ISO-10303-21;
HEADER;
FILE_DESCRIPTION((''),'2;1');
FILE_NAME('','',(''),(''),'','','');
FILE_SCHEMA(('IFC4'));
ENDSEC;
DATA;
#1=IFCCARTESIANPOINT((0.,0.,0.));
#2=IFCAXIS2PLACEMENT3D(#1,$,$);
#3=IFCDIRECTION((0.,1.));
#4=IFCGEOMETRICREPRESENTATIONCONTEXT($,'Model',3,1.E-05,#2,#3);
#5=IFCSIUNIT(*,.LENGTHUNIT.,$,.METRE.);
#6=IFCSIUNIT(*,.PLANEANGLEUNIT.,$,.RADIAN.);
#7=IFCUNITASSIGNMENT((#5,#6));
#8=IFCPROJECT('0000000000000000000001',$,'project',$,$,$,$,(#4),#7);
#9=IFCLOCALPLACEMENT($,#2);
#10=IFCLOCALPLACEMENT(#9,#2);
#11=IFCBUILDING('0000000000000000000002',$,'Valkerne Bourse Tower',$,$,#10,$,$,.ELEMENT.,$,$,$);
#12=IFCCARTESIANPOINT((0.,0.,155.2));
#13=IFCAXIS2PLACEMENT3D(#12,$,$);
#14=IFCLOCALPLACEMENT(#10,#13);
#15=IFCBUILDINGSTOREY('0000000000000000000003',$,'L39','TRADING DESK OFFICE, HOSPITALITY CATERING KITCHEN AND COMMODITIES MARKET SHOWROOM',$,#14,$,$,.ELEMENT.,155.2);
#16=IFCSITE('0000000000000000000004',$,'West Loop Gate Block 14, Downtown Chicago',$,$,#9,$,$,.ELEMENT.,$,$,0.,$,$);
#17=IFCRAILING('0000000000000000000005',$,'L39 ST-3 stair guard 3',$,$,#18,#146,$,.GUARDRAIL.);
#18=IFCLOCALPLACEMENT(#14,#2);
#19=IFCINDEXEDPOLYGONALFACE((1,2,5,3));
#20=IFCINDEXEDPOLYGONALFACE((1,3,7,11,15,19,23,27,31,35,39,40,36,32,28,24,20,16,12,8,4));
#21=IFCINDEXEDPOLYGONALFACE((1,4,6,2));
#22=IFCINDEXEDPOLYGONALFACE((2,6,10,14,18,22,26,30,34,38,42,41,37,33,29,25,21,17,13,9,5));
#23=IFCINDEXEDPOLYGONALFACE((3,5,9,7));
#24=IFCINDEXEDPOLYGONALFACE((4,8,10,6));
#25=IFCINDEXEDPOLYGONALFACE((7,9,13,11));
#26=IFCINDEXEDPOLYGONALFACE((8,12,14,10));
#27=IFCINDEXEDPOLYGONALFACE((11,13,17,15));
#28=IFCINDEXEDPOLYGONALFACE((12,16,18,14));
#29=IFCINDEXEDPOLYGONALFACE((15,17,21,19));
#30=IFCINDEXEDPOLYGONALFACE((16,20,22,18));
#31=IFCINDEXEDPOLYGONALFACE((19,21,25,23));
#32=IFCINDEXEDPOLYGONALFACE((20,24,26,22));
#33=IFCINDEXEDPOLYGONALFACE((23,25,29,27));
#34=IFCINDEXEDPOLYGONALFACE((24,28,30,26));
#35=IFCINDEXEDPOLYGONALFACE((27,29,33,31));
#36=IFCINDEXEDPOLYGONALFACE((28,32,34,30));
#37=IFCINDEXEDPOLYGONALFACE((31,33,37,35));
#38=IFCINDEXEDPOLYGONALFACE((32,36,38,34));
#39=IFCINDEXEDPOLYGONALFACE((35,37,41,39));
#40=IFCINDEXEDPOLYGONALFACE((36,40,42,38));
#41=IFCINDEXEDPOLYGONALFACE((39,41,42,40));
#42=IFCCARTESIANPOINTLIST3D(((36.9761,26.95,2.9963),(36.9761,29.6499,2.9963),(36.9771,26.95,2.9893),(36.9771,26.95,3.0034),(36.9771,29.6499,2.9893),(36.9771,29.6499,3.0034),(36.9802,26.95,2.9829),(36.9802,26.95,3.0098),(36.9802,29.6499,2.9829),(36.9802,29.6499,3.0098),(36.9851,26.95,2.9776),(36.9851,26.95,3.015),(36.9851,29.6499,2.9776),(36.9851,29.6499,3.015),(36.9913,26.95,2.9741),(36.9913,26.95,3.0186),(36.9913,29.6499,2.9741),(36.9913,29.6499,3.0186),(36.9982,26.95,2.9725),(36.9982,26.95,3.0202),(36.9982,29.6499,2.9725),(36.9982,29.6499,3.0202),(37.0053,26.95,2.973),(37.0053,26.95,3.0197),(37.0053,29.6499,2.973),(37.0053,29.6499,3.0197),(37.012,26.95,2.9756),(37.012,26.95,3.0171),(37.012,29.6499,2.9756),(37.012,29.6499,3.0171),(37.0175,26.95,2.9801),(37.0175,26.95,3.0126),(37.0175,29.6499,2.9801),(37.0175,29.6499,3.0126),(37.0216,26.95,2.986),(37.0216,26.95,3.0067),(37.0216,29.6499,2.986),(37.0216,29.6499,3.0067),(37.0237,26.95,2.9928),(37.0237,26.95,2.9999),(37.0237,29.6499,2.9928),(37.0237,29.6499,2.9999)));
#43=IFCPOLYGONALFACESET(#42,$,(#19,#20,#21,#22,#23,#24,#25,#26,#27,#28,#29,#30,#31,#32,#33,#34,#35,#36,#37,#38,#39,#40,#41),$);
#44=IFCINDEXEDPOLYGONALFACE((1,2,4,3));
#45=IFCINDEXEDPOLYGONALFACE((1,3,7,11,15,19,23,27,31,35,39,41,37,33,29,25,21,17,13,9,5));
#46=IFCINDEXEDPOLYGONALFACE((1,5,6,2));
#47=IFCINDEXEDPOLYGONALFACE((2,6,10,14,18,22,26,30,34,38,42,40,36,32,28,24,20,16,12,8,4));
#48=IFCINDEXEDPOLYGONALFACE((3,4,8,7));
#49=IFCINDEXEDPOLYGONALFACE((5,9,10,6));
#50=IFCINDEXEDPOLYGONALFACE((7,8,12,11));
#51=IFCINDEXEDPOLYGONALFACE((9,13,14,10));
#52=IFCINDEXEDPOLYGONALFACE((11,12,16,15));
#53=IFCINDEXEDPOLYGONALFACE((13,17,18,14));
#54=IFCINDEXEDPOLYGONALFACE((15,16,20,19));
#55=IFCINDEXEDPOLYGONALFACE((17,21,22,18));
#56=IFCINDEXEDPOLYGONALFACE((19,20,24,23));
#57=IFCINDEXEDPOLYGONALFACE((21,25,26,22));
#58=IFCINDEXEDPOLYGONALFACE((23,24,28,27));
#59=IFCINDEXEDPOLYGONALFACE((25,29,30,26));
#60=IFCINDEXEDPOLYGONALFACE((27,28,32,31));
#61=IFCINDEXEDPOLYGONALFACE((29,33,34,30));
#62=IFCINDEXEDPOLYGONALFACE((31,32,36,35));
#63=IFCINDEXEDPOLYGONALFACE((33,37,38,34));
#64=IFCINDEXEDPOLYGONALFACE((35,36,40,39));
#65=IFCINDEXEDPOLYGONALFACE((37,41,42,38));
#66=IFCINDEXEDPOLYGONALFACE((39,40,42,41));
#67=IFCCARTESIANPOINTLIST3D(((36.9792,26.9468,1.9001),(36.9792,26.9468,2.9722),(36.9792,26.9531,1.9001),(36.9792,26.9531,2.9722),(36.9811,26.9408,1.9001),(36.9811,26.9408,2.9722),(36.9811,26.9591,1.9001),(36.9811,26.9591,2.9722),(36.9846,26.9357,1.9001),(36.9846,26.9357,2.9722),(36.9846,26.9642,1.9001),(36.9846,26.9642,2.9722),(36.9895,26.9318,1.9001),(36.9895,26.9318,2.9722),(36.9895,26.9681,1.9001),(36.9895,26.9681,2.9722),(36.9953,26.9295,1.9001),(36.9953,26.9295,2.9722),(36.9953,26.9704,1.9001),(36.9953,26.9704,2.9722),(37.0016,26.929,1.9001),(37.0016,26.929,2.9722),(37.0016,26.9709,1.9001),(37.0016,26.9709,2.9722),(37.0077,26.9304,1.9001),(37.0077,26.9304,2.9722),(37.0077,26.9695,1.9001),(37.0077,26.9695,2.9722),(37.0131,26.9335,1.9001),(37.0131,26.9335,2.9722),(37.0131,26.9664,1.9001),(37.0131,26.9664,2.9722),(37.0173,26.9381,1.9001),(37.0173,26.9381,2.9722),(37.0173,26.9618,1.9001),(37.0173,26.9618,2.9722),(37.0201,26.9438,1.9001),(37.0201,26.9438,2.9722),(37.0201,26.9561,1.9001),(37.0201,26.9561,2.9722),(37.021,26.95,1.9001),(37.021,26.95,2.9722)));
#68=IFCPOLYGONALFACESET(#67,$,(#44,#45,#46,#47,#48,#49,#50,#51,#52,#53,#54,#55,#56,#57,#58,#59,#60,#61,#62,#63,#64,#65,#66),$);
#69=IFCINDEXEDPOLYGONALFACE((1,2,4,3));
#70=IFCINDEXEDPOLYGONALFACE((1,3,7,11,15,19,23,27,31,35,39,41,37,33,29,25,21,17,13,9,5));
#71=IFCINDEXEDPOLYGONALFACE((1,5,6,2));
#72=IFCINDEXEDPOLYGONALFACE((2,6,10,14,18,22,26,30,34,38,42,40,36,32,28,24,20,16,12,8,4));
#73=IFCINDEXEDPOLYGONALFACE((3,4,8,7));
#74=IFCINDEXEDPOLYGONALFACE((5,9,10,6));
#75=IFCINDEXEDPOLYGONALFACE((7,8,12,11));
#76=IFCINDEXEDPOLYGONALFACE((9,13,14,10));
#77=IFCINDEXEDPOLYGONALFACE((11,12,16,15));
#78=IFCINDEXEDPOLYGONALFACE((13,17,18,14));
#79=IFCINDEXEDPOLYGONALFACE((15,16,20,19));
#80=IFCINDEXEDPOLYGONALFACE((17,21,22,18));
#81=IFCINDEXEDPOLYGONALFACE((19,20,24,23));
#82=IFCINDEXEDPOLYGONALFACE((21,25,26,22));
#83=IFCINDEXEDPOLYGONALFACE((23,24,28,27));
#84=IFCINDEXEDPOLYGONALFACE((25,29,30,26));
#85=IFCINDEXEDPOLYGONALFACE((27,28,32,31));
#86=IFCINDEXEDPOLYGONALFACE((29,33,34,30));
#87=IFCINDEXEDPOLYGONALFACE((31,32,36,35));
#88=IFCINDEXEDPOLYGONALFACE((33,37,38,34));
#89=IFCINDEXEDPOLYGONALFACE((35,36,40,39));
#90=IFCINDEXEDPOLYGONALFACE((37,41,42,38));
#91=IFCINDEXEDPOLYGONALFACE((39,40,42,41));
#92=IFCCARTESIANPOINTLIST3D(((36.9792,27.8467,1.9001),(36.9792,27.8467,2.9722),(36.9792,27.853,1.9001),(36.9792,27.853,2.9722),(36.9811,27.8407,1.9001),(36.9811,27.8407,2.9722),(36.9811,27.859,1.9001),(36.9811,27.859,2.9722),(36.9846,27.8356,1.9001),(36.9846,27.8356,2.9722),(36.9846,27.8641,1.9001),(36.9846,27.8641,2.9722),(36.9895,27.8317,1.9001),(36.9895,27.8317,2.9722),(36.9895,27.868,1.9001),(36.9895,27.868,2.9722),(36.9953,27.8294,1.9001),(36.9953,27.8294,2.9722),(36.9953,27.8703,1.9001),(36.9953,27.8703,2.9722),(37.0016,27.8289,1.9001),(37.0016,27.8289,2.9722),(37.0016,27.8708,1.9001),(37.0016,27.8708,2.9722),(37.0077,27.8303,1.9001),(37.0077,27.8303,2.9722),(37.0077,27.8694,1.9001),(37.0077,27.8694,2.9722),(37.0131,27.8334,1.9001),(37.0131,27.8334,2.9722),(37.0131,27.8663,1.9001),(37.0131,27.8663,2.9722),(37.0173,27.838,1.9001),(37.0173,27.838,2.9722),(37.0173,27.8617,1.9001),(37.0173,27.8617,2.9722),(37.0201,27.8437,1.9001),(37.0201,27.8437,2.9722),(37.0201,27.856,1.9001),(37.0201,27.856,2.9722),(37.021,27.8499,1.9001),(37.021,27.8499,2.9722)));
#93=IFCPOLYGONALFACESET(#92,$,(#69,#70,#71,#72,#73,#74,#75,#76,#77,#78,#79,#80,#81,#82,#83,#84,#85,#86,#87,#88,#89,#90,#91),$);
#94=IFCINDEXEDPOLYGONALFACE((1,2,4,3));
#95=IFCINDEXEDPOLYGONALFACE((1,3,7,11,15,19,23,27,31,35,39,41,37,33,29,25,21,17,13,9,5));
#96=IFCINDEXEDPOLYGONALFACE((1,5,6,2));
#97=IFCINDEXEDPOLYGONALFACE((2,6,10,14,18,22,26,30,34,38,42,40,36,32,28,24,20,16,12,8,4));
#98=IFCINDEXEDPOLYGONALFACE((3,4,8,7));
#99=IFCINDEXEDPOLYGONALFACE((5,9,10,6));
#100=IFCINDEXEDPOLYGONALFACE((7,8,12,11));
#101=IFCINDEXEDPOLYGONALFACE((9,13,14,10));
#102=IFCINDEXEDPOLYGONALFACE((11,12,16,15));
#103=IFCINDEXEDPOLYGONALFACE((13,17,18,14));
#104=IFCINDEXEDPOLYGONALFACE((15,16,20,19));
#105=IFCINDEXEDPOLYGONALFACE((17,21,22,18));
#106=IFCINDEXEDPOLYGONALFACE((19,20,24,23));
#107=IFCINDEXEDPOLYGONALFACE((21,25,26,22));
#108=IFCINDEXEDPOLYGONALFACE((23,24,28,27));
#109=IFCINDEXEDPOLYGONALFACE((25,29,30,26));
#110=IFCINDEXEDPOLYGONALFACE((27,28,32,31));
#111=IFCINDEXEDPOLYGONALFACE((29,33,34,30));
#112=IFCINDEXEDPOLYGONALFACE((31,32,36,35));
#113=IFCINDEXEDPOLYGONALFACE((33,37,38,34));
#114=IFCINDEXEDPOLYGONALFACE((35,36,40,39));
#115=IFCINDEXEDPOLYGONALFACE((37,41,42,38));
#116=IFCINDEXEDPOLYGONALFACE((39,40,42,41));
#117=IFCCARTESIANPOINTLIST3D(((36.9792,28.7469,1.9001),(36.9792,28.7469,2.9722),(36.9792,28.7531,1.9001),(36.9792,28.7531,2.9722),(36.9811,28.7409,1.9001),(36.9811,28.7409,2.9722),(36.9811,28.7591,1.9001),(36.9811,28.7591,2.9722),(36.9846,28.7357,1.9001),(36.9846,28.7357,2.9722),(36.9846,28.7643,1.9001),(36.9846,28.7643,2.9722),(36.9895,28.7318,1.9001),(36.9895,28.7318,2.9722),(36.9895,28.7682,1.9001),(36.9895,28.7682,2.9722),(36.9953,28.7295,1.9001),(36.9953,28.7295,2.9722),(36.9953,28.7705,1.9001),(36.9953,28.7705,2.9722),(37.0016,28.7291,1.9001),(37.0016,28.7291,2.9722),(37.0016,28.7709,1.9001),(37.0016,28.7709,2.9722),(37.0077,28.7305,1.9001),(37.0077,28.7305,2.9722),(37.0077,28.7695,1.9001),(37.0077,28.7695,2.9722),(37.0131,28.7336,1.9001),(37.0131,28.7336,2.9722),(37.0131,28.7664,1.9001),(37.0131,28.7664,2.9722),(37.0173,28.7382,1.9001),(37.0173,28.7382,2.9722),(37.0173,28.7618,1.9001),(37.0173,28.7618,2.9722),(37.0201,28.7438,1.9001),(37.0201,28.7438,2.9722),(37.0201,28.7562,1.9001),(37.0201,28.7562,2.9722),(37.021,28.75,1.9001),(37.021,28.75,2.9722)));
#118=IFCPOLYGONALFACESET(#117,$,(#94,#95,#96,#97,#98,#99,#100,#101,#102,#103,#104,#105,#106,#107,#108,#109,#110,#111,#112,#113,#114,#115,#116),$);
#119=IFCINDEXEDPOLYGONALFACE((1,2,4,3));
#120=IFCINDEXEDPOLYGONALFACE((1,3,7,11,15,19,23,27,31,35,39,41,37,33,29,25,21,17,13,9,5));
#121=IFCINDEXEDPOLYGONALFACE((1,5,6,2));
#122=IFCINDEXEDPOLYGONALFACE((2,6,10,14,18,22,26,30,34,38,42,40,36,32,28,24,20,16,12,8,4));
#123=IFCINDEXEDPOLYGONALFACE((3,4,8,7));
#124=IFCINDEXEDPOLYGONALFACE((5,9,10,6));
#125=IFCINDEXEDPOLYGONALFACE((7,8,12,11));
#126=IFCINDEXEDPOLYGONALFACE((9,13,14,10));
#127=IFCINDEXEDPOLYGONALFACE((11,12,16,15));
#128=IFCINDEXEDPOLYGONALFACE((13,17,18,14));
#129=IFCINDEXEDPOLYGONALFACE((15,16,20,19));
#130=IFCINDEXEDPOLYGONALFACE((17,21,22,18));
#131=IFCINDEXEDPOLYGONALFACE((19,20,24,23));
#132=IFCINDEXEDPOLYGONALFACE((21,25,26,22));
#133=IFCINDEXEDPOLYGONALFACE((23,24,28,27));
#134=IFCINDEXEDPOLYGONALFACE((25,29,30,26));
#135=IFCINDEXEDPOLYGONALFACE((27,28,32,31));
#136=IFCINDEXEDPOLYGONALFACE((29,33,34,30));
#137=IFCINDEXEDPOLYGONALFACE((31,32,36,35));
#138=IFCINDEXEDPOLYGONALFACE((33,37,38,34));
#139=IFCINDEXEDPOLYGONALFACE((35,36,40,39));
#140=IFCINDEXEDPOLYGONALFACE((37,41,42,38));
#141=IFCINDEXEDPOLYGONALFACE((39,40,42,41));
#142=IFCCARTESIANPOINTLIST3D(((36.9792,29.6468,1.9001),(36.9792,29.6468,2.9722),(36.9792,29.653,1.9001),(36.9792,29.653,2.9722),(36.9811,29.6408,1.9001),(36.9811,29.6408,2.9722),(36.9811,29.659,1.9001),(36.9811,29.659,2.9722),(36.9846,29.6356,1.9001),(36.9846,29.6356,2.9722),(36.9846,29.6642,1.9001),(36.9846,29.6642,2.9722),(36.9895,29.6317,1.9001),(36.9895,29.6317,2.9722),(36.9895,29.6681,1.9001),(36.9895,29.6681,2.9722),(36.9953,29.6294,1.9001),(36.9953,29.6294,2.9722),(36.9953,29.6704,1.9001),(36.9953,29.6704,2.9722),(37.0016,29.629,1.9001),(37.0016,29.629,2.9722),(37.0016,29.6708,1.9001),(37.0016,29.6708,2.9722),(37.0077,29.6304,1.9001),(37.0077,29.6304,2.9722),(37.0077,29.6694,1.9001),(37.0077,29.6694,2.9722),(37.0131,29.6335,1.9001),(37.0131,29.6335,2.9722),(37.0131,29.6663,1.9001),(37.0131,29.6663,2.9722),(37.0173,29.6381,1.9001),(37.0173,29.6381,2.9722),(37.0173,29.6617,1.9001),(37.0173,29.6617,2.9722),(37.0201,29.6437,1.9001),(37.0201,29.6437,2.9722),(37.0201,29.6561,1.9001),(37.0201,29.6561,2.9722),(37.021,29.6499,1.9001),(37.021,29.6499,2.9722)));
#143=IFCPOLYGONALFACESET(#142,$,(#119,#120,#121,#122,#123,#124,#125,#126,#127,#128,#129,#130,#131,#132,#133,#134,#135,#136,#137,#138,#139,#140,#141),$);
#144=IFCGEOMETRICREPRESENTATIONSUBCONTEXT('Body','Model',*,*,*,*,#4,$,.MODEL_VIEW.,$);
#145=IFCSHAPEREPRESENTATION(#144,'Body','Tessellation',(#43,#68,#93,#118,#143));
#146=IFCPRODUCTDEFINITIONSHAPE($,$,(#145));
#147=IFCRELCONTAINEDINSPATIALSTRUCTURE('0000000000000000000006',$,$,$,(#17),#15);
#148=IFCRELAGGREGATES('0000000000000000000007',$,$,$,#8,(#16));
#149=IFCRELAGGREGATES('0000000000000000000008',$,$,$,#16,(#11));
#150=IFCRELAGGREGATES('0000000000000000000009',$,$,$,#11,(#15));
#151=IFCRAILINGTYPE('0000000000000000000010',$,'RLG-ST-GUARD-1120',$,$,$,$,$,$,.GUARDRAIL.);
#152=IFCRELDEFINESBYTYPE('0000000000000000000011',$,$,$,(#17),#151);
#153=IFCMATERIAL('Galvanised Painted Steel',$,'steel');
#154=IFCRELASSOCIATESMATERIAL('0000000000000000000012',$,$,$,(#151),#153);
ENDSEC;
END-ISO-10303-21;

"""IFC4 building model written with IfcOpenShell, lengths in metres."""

from ifc_helpers import new_model, si_unit, direction, frame, origin, origin_2d, place, context, subcontext, project, spatial, circle, extrude, material, type_object, element, save


model = new_model("IFC4")

# Units and contexts
model_context = context("Model", 3, precision=1e-05, world=origin(), true_north=direction((0.0, 1.0)))
body_context = subcontext(model_context, "Body", "Model", "MODEL_VIEW")
ifc_project = project(units=[si_unit("LENGTHUNIT", "METRE"), si_unit("PLANEANGLEUNIT", "RADIAN")], contexts=[model_context])

# Site, building, storey
site_placement = place(None, origin())
site = spatial("IfcSite", under=ifc_project, at=site_placement, Name="West Loop Gate Block 14, Downtown Chicago", CompositionType="ELEMENT", RefElevation=0.0)
building_placement = place(site_placement, origin())
building = spatial("IfcBuilding", under=site, at=building_placement, Name="Valkerne Bourse Tower", CompositionType="ELEMENT")
storey_placement = place(building_placement, frame((0.0, 0.0, 155.2)))
storey = spatial("IfcBuildingStorey", under=building, at=storey_placement, Name="L39", Description="TRADING DESK OFFICE, HOSPITALITY CATERING KITCHEN AND COMMODITIES MARKET SHOWROOM", CompositionType="ELEMENT", Elevation=155.2)

# Railing
ifc_material_1 = material(Name="Galvanised Painted Steel", Category="steel")
railing_type_1 = type_object("IfcRailingType", Name="RLG-ST-GUARD-1120", PredefinedType="GUARDRAIL", material=ifc_material_1)
for number, where, name in (
    (1, (37.0, 26.95, 1.9001), "L39 ST-3 stair guard 3"),
):
    element("IfcRailing", number, at=place(storey_placement, frame(where)), inside=storey, type_object=railing_type_1, Name=name, PredefinedType="GUARDRAIL", context=body_context, shape_type="SweptSolid", body=[
        extrude(circle(Radius=0.0239, at=origin_2d()), frame((0.0, 0.0, 1.0962), z_axis=(0.0, 1.0, 0.0), x_axis=(-1.0, 0.0, 0.0)), (0.0, 0.0, 1.0), 2.7),
        extrude(circle(Radius=0.021, at=origin_2d()), origin(), (0.0, 0.0, 1.0), 1.072),
        extrude(circle(Radius=0.021, at=origin_2d()), frame((0.0, 0.8999, 0.0)), (0.0, 0.0, 1.0), 1.072),
        extrude(circle(Radius=0.021, at=origin_2d()), frame((0.0, 1.8, 0.0)), (0.0, 0.0, 1.0), 1.072),
        extrude(circle(Radius=0.021, at=origin_2d()), frame((0.0, 2.7, 0.0)), (0.0, 0.0, 1.0), 1.072),
    ])

save(model, "model.ifc")
